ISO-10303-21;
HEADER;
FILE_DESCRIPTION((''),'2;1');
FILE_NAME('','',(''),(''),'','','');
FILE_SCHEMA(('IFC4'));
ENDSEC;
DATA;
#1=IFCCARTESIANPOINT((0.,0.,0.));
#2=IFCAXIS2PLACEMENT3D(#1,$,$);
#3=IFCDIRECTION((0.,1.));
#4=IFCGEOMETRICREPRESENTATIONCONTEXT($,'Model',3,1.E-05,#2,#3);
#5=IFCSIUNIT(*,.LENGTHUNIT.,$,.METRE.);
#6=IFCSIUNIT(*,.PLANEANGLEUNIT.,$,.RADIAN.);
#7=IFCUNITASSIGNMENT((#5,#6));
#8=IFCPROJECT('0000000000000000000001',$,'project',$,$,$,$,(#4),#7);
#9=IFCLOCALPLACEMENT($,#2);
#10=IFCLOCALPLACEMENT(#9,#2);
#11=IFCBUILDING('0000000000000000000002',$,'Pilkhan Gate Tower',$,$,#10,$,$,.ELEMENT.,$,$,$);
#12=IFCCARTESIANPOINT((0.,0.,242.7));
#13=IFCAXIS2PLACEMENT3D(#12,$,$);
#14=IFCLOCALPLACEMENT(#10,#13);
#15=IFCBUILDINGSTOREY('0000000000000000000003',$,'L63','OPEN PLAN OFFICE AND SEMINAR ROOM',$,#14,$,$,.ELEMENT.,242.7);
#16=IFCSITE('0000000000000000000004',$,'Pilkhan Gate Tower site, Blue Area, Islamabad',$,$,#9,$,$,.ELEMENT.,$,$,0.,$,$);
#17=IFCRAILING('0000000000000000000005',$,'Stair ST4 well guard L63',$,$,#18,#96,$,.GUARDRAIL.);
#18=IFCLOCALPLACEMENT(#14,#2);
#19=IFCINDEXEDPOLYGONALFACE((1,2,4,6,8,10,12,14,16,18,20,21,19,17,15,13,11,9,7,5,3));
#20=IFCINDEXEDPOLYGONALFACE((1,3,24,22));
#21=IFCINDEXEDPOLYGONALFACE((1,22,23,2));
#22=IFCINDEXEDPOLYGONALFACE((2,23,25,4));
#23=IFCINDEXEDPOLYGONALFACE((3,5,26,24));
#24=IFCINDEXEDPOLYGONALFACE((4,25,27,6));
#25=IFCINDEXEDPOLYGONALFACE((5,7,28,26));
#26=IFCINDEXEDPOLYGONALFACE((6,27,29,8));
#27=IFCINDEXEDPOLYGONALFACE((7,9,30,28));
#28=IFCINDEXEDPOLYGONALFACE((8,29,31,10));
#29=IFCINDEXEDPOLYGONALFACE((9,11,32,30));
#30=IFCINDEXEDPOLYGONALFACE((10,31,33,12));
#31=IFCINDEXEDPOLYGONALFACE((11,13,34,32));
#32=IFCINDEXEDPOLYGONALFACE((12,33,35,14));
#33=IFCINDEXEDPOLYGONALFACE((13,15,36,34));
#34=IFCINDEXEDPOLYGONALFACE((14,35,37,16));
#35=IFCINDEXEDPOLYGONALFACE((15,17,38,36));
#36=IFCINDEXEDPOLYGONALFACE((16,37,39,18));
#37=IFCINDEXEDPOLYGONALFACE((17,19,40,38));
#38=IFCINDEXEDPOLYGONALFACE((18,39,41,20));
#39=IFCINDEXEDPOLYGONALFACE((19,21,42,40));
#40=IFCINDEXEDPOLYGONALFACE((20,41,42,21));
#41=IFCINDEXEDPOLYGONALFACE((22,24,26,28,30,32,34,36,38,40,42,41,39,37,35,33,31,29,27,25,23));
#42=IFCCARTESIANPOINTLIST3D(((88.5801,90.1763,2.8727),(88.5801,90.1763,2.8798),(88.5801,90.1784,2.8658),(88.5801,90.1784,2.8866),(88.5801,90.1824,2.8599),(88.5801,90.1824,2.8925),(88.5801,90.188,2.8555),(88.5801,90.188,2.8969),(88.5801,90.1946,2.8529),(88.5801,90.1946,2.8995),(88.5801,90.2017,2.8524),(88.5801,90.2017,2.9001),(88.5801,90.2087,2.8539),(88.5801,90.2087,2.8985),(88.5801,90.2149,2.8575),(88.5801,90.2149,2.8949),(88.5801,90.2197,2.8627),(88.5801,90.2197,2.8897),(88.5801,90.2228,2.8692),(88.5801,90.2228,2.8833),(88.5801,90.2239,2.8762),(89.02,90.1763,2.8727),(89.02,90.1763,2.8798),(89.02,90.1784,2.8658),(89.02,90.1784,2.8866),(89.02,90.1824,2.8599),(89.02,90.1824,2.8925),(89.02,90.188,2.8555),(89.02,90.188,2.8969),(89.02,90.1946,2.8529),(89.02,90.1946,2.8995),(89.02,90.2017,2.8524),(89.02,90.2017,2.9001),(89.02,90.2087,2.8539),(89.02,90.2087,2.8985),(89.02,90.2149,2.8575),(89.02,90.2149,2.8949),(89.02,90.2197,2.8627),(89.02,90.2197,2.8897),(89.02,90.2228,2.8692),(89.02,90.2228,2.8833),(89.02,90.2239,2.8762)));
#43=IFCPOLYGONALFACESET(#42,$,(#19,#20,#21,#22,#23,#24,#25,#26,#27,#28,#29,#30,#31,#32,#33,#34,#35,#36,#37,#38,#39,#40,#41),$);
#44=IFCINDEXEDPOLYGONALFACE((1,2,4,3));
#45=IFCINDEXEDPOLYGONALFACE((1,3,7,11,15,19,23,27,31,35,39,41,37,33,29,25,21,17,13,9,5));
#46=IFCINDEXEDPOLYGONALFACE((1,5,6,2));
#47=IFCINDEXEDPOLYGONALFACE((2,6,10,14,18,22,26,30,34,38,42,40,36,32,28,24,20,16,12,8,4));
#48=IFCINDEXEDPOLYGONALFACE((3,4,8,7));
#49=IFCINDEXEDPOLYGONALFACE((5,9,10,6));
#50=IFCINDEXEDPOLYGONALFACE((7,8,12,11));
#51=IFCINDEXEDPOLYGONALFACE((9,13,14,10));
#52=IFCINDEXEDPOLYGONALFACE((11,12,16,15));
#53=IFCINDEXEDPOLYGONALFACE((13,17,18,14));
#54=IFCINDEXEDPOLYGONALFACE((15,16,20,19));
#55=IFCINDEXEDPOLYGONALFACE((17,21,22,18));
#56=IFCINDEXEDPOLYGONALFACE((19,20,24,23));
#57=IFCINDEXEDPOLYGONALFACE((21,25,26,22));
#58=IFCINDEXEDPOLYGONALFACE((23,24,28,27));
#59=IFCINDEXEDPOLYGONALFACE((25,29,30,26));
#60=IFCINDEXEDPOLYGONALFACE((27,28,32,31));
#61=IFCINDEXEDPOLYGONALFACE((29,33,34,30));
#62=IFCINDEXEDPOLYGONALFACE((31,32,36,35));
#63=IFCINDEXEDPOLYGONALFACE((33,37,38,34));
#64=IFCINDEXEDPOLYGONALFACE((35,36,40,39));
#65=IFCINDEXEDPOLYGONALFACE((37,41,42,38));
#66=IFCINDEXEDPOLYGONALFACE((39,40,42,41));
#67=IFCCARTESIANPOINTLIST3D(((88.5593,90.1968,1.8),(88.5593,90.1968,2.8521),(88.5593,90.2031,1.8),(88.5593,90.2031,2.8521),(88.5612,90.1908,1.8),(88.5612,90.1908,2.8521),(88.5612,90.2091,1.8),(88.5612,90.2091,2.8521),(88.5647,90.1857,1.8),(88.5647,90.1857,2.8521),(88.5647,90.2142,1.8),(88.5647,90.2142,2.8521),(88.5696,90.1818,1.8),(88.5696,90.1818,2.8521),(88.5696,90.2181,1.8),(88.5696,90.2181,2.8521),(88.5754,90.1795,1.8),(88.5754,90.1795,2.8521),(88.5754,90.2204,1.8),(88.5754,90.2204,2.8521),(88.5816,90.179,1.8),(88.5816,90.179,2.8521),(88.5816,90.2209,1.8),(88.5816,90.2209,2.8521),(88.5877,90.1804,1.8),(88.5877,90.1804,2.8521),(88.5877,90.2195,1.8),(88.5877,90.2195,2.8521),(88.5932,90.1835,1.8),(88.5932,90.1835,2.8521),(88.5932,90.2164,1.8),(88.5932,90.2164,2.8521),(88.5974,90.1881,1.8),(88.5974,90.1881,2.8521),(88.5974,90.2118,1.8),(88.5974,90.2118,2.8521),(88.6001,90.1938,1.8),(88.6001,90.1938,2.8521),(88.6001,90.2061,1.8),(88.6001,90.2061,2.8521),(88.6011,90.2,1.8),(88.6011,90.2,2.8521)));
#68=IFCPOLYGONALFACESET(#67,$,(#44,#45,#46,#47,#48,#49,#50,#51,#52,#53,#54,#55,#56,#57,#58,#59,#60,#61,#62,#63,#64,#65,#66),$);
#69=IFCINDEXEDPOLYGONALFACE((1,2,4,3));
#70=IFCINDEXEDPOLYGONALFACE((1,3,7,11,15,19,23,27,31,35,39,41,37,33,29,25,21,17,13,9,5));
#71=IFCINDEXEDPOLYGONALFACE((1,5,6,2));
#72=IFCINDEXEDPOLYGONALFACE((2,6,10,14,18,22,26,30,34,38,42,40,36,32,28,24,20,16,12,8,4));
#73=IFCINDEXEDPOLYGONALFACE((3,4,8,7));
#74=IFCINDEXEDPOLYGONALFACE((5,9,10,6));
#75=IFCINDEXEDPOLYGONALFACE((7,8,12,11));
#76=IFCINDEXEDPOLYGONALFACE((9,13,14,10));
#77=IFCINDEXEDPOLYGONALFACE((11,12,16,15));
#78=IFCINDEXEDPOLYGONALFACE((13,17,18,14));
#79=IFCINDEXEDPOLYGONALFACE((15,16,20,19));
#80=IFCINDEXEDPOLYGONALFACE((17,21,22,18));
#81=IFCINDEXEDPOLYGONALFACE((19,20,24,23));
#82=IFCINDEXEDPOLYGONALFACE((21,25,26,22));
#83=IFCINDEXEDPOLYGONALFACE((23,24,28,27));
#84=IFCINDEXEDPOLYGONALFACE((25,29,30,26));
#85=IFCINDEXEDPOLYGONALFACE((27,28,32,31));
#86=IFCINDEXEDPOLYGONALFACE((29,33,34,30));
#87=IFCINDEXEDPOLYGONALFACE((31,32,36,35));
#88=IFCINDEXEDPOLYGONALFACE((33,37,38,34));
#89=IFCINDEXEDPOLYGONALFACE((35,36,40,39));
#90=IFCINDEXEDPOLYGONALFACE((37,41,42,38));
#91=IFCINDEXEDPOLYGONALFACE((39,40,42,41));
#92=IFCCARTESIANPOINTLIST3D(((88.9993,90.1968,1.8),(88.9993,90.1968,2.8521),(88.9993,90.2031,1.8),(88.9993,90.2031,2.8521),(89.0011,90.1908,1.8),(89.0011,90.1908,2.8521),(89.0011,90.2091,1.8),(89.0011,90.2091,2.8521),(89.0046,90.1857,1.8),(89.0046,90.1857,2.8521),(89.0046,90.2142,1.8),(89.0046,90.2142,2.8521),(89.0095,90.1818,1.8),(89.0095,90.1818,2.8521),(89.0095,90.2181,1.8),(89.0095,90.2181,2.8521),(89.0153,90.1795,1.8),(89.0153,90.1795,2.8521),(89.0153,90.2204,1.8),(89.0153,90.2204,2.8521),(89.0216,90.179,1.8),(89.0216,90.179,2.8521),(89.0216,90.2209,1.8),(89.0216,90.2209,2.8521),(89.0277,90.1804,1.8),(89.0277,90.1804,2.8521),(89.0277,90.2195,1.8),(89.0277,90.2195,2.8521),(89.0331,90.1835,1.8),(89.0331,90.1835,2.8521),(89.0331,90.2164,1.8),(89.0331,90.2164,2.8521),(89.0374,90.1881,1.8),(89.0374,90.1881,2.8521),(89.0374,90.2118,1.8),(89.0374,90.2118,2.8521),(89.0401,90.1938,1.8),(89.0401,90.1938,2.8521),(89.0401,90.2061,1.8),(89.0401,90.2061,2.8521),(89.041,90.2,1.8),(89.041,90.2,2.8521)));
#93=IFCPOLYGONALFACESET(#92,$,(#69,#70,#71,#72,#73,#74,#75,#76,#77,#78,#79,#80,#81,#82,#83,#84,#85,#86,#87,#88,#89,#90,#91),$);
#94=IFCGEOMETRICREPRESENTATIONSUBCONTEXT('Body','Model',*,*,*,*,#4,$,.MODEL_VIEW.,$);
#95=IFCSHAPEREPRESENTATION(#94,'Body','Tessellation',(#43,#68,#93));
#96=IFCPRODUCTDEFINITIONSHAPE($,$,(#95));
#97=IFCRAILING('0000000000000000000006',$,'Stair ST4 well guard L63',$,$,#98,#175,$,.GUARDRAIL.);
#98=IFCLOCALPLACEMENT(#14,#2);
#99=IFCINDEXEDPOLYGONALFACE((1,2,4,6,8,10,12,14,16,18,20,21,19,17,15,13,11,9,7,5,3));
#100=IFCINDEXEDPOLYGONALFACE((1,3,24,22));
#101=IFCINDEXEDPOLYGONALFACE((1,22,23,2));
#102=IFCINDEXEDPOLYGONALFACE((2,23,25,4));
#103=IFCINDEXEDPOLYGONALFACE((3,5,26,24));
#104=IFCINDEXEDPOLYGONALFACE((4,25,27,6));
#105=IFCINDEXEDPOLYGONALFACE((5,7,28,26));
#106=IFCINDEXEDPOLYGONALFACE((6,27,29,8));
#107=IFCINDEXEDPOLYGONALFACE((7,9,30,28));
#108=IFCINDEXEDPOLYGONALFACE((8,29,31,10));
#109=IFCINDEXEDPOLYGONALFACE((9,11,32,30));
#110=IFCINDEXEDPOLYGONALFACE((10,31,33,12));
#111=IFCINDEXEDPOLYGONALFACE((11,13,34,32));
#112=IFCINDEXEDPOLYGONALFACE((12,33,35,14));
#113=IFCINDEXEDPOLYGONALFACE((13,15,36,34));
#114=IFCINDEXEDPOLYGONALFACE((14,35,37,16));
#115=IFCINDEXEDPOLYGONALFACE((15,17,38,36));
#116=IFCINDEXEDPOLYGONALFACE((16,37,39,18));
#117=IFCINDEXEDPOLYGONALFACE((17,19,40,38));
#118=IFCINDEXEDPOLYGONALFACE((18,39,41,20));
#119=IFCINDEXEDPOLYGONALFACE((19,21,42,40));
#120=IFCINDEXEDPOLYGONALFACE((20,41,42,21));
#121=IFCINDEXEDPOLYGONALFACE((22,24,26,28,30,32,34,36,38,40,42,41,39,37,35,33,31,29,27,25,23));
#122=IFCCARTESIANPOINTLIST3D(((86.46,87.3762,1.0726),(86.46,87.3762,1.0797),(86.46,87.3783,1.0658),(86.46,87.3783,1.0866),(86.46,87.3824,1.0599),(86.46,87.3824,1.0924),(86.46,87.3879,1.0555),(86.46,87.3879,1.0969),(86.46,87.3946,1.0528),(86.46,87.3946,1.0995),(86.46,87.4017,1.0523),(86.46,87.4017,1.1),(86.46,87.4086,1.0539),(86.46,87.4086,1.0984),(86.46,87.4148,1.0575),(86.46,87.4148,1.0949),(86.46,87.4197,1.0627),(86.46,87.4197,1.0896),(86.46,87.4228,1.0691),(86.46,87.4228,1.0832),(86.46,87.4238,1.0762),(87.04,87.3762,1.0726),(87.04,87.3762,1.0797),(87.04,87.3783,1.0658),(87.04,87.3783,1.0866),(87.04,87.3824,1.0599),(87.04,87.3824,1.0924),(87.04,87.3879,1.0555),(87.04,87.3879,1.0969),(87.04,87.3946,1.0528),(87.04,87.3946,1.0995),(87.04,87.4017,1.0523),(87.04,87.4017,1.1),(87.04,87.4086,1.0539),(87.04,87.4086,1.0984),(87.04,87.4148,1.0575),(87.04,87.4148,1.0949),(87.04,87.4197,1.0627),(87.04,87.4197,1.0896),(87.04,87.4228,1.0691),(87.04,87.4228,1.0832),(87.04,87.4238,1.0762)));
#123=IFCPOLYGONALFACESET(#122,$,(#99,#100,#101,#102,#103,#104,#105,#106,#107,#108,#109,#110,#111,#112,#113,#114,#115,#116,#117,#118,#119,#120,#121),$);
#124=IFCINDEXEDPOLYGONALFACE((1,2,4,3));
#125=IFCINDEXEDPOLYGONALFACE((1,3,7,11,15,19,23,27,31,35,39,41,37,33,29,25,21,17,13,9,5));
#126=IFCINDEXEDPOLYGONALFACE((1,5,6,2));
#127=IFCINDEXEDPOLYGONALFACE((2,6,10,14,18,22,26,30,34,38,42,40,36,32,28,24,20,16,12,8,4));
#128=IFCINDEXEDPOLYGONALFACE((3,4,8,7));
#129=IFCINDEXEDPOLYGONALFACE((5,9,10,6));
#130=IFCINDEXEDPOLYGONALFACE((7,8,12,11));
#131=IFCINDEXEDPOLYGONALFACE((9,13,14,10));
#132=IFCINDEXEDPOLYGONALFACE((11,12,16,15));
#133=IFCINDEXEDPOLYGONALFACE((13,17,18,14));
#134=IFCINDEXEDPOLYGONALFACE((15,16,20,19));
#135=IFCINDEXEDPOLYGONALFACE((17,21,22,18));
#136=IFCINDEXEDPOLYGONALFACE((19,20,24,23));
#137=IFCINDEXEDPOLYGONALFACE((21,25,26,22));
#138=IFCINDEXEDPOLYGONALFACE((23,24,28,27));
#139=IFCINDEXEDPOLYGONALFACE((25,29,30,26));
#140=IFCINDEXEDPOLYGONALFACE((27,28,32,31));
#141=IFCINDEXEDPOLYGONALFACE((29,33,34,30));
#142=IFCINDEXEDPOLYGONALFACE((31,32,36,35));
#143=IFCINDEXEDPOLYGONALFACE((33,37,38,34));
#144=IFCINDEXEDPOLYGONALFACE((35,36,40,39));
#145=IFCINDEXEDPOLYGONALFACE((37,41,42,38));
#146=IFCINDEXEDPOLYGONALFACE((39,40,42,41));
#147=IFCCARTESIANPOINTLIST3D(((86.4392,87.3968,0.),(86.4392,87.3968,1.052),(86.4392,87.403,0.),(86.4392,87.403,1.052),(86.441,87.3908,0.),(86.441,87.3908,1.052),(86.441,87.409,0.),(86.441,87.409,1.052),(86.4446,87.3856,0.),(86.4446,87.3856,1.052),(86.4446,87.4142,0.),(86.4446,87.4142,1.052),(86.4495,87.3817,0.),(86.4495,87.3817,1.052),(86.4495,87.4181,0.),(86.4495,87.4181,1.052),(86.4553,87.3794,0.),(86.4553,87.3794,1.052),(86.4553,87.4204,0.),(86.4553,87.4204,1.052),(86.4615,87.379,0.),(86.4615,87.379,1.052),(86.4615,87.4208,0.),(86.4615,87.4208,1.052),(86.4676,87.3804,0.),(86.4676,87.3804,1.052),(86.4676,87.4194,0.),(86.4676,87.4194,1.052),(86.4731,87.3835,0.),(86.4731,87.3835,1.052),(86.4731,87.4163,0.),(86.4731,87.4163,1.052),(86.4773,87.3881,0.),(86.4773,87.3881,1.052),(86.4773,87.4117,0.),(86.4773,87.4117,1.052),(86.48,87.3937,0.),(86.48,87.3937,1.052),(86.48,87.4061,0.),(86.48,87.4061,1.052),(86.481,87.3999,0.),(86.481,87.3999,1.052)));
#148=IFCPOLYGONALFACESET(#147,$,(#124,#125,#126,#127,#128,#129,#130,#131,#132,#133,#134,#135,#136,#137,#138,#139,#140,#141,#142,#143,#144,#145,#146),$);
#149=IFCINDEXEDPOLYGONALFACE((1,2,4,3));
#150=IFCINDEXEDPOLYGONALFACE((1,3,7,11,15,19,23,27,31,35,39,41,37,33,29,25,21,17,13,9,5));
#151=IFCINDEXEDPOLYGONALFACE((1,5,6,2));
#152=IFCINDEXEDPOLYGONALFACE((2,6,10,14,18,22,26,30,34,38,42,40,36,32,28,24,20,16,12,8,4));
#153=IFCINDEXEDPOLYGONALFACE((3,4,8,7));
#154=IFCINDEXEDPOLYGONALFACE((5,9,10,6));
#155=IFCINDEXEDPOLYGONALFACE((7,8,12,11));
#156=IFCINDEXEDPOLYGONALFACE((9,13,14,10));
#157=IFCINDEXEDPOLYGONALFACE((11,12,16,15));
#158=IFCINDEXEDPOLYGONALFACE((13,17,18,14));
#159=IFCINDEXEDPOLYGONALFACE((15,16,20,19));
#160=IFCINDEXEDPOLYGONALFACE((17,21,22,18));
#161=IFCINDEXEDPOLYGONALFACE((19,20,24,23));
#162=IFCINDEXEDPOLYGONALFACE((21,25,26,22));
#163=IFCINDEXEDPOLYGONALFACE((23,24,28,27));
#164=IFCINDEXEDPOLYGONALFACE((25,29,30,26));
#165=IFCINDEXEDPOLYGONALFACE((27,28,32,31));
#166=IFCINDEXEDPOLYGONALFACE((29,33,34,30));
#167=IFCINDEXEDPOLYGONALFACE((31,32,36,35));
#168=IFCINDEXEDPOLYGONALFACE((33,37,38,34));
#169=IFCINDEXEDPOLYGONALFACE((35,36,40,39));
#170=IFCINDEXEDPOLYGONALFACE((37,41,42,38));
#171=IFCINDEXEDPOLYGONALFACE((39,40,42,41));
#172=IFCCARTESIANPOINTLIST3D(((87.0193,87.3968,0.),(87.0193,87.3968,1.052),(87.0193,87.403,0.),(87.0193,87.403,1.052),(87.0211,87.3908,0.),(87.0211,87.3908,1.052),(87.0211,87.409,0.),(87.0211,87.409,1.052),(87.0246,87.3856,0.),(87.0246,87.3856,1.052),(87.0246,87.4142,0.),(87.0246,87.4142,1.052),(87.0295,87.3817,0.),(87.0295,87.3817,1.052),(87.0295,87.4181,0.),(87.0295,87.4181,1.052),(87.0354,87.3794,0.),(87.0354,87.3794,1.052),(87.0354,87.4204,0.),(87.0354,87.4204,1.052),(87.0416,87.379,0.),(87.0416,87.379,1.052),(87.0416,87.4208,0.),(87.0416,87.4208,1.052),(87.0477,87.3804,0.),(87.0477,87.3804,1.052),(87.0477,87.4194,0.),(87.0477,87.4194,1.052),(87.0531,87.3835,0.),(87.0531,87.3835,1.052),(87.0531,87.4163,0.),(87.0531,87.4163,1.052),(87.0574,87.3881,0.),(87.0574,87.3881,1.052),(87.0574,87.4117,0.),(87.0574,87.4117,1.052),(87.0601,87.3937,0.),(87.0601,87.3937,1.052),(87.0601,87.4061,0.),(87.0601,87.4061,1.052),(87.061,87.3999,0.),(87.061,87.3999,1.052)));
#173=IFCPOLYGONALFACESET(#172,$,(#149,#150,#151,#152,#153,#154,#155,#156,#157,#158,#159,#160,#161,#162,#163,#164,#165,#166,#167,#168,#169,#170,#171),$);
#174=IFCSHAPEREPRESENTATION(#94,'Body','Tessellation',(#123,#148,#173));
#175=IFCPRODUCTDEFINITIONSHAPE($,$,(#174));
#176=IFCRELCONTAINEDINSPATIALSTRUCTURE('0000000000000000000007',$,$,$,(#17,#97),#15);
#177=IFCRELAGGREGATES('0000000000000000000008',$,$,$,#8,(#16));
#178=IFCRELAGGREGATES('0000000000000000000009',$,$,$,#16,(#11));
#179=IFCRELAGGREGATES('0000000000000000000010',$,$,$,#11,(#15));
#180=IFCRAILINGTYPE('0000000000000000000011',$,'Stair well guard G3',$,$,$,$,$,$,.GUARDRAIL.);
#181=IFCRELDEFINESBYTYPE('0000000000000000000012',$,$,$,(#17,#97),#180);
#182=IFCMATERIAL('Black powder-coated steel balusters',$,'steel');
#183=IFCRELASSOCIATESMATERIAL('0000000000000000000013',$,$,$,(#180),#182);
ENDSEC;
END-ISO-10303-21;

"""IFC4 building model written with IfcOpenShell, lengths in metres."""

from ifc_helpers import new_model, si_unit, direction, frame, origin, origin_2d, place, context, subcontext, project, spatial, circle, extrude, material, type_object, element, save


model = new_model("IFC4")

# Units and contexts
model_context = context("Model", 3, precision=1e-05, world=origin(), true_north=direction((0.0, 1.0)))
body_context = subcontext(model_context, "Body", "Model", "MODEL_VIEW")
ifc_project = project(units=[si_unit("LENGTHUNIT", "METRE"), si_unit("PLANEANGLEUNIT", "RADIAN")], contexts=[model_context])

# Site, building, storey
site_placement = place(None, origin())
site = spatial("IfcSite", under=ifc_project, at=site_placement, Name="Pilkhan Gate Tower site, Blue Area, Islamabad", CompositionType="ELEMENT", RefElevation=0.0)
building_placement = place(site_placement, origin())
building = spatial("IfcBuilding", under=site, at=building_placement, Name="Pilkhan Gate Tower", CompositionType="ELEMENT")
storey_placement = place(building_placement, frame((0.0, 0.0, 242.7)))
storey = spatial("IfcBuildingStorey", under=building, at=storey_placement, Name="L63", Description="OPEN PLAN OFFICE AND SEMINAR ROOM", CompositionType="ELEMENT", Elevation=242.7)

# Railings
ifc_material_1 = material(Name="Black powder-coated steel balusters", Category="steel")
railing_type_1 = type_object("IfcRailingType", Name="Stair well guard G3", PredefinedType="GUARDRAIL", material=ifc_material_1)
railing_1_placement = place(storey_placement, frame((88.5801, 90.2, 1.8)))
element("IfcRailing", 1, at=railing_1_placement, inside=storey, type_object=railing_type_1, Name="Stair ST4 well guard L63", PredefinedType="GUARDRAIL", context=body_context, shape_type="SweptSolid", body=[
    extrude(circle(Radius=0.0239, at=origin_2d()), frame((0.0, 0.0, 1.0762), z_axis=(1.0, 0.0, 0.0), x_axis=(0.0, 1.0, 0.0)), (0.0, 0.0, 1.0), 0.4399),
    extrude(circle(Radius=0.021, at=origin_2d()), origin(), (0.0, 0.0, 1.0), 1.052),
    extrude(circle(Radius=0.021, at=origin_2d()), frame((0.4399, 0.0, 0.0)), (0.0, 0.0, 1.0), 1.052),
])
for number, where, name in (
    (2, (86.46, 87.3999, 0.0), "Stair ST4 well guard L63"),
):
    element("IfcRailing", number, at=place(storey_placement, frame(where)), inside=storey, type_object=railing_type_1, Name=name, PredefinedType="GUARDRAIL", context=body_context, shape_type="SweptSolid", body=[
        extrude(circle(Radius=0.0239, at=origin_2d()), frame((0.0, 0.0, 1.0762), z_axis=(1.0, 0.0, 0.0), x_axis=(0.0, 1.0, 0.0)), (0.0, 0.0, 1.0), 0.5801),
        extrude(circle(Radius=0.021, at=origin_2d()), origin(), (0.0, 0.0, 1.0), 1.052),
        extrude(circle(Radius=0.021, at=origin_2d()), frame((0.5801, 0.0, 0.0)), (0.0, 0.0, 1.0), 1.052),
    ])

save(model, "model.ifc")
